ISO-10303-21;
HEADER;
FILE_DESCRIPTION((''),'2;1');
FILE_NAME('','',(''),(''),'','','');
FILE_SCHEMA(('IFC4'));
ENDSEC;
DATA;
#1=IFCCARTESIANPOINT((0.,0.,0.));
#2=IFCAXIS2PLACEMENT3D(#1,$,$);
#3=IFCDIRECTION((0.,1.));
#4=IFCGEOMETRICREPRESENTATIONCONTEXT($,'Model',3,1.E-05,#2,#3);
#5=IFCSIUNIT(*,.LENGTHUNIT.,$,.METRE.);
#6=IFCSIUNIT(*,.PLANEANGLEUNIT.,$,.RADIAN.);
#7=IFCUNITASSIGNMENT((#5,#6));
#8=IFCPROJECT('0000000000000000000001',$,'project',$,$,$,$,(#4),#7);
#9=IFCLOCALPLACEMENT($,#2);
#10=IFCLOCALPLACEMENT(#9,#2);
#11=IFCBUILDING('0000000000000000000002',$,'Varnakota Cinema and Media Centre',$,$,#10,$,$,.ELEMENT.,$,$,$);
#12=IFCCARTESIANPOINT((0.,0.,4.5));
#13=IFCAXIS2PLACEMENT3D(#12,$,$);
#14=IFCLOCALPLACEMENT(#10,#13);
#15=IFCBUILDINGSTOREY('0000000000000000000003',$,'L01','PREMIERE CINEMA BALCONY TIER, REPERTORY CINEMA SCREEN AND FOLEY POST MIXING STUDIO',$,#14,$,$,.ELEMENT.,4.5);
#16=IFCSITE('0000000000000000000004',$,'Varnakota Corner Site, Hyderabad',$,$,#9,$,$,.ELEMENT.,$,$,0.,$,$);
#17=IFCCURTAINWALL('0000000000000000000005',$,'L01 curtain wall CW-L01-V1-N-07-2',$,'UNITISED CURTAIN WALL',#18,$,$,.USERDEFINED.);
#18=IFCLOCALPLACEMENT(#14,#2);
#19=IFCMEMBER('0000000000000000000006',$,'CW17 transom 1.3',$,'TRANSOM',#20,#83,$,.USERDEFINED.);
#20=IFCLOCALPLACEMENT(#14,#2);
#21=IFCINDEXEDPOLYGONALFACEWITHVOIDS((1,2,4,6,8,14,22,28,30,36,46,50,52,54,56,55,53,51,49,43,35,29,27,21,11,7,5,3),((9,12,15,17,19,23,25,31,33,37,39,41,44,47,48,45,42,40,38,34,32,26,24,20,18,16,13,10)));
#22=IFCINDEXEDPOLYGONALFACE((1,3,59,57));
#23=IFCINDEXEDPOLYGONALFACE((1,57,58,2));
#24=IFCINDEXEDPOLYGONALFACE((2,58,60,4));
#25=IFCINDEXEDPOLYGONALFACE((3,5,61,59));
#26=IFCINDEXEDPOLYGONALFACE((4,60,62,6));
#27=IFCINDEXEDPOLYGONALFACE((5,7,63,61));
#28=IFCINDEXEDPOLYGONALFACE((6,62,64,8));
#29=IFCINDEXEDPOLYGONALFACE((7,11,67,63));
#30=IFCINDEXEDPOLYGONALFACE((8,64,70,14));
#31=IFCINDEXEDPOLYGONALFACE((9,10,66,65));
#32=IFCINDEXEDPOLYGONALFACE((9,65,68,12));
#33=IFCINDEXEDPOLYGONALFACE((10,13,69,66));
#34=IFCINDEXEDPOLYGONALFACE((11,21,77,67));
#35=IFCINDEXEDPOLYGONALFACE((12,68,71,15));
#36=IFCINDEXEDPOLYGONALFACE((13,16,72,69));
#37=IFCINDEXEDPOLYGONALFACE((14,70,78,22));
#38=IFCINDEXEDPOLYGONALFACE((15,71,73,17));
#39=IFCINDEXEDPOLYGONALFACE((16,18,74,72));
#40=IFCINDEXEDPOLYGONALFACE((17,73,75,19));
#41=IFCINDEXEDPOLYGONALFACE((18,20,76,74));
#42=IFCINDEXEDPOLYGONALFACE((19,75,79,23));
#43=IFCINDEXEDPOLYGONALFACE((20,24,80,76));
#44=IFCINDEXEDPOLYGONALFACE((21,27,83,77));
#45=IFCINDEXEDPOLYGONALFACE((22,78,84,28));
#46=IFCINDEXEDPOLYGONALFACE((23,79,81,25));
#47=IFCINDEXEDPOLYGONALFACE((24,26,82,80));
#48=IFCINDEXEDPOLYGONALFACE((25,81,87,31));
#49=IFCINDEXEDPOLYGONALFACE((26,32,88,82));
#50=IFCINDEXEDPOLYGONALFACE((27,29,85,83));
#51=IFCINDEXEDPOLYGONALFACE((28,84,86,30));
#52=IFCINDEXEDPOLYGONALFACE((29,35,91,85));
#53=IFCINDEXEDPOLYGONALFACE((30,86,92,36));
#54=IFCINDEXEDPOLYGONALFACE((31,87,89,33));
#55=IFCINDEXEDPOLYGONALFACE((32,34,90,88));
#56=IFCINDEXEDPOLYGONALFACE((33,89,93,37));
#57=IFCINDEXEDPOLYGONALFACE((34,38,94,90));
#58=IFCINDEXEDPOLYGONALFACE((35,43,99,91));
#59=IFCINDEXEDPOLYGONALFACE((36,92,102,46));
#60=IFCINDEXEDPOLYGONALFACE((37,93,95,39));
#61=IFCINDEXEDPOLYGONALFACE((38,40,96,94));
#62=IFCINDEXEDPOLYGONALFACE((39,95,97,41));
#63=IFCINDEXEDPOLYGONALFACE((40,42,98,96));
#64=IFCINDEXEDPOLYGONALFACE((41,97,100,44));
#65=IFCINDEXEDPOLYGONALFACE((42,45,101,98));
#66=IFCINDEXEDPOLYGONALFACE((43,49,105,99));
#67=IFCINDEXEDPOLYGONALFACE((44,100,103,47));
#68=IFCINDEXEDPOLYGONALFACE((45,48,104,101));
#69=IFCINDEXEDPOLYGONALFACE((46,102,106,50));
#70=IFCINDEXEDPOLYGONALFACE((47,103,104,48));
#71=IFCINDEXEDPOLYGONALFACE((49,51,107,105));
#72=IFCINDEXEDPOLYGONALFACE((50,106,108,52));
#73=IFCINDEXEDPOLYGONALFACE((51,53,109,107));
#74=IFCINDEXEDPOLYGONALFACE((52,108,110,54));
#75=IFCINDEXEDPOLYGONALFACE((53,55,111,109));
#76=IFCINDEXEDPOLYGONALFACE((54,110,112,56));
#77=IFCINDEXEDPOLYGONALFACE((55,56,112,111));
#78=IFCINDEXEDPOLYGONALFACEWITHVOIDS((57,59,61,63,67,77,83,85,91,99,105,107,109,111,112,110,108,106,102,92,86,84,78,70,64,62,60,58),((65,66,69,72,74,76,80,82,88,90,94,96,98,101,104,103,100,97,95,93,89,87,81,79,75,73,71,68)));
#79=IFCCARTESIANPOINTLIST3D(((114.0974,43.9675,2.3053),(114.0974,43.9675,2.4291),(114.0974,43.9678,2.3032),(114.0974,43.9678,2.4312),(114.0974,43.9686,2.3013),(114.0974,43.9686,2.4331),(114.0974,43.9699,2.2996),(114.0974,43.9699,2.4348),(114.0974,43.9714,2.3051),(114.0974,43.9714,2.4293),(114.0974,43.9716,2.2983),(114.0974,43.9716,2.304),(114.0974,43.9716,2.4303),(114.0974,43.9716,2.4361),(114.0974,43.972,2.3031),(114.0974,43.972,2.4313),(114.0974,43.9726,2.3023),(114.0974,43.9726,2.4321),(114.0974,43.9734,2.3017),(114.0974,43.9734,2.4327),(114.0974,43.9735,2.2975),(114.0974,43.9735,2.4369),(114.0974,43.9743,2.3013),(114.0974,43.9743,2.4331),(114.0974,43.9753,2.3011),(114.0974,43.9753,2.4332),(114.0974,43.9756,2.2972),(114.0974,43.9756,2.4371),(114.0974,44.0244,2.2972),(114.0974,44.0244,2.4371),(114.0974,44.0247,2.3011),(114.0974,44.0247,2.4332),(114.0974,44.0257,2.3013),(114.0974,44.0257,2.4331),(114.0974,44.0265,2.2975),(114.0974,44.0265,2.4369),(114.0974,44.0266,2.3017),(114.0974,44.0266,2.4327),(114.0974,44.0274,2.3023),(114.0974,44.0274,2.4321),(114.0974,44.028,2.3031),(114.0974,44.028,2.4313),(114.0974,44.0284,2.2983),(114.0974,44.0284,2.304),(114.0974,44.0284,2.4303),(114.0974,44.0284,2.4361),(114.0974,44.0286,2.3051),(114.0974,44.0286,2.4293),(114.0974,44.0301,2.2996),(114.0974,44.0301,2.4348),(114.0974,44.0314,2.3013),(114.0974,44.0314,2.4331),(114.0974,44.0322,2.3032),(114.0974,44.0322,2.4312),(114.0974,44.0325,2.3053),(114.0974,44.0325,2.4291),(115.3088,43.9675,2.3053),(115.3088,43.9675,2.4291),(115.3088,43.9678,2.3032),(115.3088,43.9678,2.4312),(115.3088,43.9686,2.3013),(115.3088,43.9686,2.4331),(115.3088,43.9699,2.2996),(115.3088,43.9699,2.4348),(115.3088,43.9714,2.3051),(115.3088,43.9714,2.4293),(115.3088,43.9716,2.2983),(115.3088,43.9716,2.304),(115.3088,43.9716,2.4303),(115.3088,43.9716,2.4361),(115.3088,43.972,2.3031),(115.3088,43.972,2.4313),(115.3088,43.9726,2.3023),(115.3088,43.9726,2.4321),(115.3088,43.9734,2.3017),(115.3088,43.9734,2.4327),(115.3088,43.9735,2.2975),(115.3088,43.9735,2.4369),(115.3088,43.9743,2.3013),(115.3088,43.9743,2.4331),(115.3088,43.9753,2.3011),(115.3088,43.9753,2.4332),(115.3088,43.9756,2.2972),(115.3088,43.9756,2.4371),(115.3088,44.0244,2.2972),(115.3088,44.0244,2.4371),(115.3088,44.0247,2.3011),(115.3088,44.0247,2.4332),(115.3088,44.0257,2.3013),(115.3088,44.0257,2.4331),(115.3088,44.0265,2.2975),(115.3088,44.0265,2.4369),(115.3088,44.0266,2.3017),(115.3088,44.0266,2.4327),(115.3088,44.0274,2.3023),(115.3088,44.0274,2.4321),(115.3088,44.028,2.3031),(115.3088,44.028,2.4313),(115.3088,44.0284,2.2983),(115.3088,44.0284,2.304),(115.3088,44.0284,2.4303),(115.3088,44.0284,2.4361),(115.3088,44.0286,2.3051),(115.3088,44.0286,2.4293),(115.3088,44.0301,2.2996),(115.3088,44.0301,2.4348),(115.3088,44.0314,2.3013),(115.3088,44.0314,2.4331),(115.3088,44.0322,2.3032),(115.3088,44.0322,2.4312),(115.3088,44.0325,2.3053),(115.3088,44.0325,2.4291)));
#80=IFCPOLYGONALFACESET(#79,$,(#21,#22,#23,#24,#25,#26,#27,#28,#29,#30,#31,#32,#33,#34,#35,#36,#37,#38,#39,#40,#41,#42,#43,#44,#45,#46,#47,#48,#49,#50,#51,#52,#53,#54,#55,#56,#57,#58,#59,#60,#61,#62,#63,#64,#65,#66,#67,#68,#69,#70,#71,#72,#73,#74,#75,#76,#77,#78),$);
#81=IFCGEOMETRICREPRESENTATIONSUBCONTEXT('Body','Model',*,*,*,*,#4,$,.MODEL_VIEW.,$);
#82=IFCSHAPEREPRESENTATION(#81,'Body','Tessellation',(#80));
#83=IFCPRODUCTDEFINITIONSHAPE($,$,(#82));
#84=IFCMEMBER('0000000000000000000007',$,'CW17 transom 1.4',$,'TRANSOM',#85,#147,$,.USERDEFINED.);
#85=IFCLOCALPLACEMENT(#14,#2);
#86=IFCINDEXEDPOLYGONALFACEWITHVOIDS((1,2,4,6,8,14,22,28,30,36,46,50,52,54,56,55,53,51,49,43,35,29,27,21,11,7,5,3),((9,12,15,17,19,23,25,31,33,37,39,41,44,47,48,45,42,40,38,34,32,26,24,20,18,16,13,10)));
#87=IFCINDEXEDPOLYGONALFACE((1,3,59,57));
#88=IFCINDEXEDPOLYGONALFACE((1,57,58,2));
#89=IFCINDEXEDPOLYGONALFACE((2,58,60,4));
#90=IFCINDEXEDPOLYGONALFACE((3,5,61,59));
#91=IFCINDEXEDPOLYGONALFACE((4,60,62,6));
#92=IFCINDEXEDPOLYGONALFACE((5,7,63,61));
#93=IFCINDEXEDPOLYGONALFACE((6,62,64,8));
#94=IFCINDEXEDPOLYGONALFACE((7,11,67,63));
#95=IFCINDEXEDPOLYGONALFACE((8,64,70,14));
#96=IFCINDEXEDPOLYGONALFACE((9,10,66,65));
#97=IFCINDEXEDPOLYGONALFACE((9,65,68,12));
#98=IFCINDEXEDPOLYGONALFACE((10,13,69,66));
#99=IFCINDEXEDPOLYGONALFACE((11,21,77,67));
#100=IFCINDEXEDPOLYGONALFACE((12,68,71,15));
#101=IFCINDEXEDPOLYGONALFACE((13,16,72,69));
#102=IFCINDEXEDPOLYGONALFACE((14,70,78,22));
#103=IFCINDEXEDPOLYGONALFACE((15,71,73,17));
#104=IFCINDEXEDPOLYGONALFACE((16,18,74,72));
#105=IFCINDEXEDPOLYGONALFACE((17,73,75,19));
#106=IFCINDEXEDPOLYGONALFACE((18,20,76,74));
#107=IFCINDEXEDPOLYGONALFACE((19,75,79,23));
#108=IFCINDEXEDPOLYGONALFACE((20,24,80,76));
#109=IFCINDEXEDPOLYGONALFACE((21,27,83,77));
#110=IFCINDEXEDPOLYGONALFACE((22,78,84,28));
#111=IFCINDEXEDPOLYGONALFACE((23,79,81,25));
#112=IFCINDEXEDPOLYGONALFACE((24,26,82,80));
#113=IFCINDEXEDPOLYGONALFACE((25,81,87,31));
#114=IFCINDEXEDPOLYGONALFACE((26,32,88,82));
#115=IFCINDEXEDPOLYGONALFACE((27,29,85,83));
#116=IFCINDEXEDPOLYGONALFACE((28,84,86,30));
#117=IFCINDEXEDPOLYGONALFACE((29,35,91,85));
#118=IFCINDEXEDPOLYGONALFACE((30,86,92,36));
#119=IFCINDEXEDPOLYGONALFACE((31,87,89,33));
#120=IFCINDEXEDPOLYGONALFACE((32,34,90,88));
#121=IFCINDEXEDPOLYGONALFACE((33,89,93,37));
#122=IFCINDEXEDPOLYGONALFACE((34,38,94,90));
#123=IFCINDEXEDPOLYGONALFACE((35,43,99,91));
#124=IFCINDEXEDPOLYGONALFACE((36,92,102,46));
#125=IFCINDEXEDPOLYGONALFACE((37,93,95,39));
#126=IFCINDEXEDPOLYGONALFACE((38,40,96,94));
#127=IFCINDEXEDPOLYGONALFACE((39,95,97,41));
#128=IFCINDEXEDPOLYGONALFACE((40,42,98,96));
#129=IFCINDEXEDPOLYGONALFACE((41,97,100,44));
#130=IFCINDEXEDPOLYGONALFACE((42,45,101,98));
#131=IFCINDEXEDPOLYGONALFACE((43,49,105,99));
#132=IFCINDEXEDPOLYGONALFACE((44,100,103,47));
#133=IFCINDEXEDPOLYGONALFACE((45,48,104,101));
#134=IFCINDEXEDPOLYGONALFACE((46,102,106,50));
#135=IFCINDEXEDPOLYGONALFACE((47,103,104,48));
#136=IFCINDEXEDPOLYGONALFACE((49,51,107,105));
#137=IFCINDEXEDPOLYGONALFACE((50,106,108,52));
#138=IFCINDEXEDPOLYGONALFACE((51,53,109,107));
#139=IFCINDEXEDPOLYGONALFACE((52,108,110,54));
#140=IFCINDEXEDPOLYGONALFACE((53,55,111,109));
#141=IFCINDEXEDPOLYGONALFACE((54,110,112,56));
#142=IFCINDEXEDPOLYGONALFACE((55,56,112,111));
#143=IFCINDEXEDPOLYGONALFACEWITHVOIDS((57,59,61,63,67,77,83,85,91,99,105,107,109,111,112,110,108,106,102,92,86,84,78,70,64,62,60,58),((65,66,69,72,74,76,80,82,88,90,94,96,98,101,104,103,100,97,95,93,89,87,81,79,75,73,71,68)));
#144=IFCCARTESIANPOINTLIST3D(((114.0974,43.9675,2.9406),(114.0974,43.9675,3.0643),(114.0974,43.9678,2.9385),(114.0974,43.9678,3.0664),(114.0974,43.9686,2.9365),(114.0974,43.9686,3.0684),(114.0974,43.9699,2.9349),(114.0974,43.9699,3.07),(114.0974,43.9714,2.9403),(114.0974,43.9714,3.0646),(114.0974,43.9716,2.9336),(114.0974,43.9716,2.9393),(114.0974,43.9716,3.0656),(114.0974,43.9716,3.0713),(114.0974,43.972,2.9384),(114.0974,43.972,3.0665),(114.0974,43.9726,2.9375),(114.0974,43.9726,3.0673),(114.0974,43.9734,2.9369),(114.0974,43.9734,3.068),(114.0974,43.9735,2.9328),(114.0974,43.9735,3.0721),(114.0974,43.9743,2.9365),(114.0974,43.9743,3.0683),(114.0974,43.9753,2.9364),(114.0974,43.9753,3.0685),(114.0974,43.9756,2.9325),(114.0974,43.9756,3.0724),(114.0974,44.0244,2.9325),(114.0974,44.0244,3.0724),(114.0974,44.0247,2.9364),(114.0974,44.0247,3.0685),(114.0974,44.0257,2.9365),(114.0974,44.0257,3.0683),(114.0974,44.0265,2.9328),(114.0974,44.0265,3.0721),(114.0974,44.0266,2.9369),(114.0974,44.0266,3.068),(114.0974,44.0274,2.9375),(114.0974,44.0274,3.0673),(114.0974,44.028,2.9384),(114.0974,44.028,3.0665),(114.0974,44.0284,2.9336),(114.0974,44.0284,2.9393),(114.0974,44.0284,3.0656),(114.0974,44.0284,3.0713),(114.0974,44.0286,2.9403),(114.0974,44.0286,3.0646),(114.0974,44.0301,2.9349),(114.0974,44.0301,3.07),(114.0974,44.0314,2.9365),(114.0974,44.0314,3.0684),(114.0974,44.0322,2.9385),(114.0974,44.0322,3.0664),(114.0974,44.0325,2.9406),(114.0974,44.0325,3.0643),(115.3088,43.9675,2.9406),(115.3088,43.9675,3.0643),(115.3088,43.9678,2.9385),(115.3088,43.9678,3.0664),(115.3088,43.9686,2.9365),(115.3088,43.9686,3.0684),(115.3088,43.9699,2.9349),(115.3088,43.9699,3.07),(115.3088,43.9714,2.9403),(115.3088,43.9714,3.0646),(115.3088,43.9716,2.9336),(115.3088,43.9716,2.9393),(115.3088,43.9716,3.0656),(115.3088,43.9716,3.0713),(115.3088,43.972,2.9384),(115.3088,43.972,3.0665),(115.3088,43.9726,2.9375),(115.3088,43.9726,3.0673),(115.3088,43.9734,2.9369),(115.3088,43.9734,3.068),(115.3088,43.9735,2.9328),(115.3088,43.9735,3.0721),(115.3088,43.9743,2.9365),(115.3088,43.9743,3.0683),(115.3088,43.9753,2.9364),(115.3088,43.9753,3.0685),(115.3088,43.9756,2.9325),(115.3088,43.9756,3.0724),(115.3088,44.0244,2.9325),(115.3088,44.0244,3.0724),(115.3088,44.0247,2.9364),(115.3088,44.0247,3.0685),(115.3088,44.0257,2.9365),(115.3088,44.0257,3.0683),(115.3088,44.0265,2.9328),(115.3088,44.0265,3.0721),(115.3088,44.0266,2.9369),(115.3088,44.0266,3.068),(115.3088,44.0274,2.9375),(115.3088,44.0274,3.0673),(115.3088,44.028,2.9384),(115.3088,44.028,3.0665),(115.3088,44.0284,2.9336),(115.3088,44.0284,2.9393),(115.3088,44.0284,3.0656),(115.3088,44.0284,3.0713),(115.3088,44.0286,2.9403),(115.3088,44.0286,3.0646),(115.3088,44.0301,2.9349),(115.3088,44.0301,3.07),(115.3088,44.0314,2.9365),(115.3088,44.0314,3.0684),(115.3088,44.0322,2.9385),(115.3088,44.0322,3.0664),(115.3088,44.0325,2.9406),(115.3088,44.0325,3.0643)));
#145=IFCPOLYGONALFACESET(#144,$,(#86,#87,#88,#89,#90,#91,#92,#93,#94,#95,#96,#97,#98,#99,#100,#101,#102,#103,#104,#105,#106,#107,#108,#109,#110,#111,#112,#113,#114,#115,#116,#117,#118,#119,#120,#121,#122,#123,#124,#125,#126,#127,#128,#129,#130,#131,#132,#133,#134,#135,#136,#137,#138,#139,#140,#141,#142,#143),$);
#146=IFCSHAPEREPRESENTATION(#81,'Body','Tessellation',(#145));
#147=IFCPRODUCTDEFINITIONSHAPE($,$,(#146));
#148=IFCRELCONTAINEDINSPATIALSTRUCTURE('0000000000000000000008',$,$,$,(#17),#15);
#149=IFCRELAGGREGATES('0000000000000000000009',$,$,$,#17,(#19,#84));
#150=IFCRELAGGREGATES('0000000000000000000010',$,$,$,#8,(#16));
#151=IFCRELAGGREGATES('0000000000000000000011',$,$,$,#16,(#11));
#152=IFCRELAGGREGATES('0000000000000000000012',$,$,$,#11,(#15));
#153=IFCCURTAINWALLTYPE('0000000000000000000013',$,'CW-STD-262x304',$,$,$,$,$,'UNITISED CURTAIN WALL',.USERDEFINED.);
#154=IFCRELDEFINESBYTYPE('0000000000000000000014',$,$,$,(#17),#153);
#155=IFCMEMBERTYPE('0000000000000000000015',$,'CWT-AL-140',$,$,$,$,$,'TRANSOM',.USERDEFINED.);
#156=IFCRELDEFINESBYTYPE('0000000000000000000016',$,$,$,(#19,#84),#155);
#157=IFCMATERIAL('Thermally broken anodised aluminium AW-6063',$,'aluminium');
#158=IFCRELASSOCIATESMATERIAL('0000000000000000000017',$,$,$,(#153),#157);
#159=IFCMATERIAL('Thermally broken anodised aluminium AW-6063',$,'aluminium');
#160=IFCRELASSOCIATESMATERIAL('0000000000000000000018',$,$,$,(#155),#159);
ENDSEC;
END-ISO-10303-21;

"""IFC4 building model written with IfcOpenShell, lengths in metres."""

from ifc_helpers import new_model, si_unit, direction, frame, origin, origin_2d, place, context, subcontext, project, spatial, hollow_rectangle, extrude, material, material_profile, profile_set, type_object, element, aggregate, save


model = new_model("IFC4")

# Units and contexts
model_context = context("Model", 3, precision=1e-05, world=origin(), true_north=direction((0.0, 1.0)))
body_context = subcontext(model_context, "Body", "Model", "MODEL_VIEW")
ifc_project = project(units=[si_unit("LENGTHUNIT", "METRE"), si_unit("PLANEANGLEUNIT", "RADIAN")], contexts=[model_context])

# Site, building, storey
site_placement = place(None, origin())
site = spatial("IfcSite", under=ifc_project, at=site_placement, Name="Varnakota Corner Site, Hyderabad", CompositionType="ELEMENT", RefElevation=0.0)
building_placement = place(site_placement, origin())
building = spatial("IfcBuilding", under=site, at=building_placement, Name="Varnakota Cinema and Media Centre", CompositionType="ELEMENT")
storey_placement = place(building_placement, frame((0.0, 0.0, 4.5)))
storey = spatial("IfcBuildingStorey", under=building, at=storey_placement, Name="L01", Description="PREMIERE CINEMA BALCONY TIER, REPERTORY CINEMA SCREEN AND FOLEY POST MIXING STUDIO", CompositionType="ELEMENT", Elevation=4.5)

# Shared definitions
ifc_material_1 = material(Name="Thermally broken anodised aluminium AW-6063", Category="aluminium")
curtain_wall_type = type_object("IfcCurtainWallType", Name="CW-STD-262x304", ElementType="UNITISED CURTAIN WALL", PredefinedType="USERDEFINED", material=ifc_material_1)

# Curtain wall
curtain_wall_1_placement = place(storey_placement, origin())
curtain_wall_1 = element("IfcCurtainWall", 1, at=curtain_wall_1_placement, inside=storey, type_object=curtain_wall_type, Name="L01 curtain wall CW-L01-V1-N-07-2", ObjectType="UNITISED CURTAIN WALL", PredefinedType="USERDEFINED")

# Members
ifc_material_2 = material(Name="Thermally broken anodised aluminium AW-6063", Category="aluminium")
ifc_material_profile_1 = material_profile(ifc_material_2, hollow_rectangle(XDim=0.0649, YDim=0.1399, WallThickness=0.0039, InnerFilletRadius=0.0039, OuterFilletRadius=0.0081, at=origin_2d()), Name="AL-TRANSOM 140x65x4")
ifc_profile_set_1 = profile_set([ifc_material_profile_1], Name="Thermally broken anodised aluminium AW-6063")
member_type_1 = type_object("IfcMemberType", Name="CWT-AL-140", ElementType="TRANSOM", PredefinedType="USERDEFINED", material=ifc_profile_set_1)
member_1_placement = place(storey_placement, frame((114.0974, 44.0, 2.3672), z_axis=(1.0, 0.0, 0.0), x_axis=(0.0, 1.0, 0.0)))
member_1 = element("IfcMember", 2, at=member_1_placement, type_object=member_type_1, Name="CW17 transom 1.3", ObjectType="TRANSOM", PredefinedType="USERDEFINED", context=body_context, shape_type="SweptSolid", body=[
    extrude(hollow_rectangle(XDim=0.0649, YDim=0.1399, WallThickness=0.0039, InnerFilletRadius=0.0039, OuterFilletRadius=0.0081, at=origin_2d()), origin(), (0.0, 0.0, 1.0), 1.2114),
])
member_2_placement = place(storey_placement, frame((114.0974, 44.0, 3.0024), z_axis=(1.0, 0.0, 0.0), x_axis=(0.0, 1.0, 0.0)))
member_2 = element("IfcMember", 3, at=member_2_placement, type_object=member_type_1, Name="CW17 transom 1.4", ObjectType="TRANSOM", PredefinedType="USERDEFINED", context=body_context, shape_type="SweptSolid", body=[
    extrude(hollow_rectangle(XDim=0.0649, YDim=0.1399, WallThickness=0.0039, InnerFilletRadius=0.0039, OuterFilletRadius=0.0081, at=origin_2d()), origin(), (0.0, 0.0, 1.0), 1.2114),
])

aggregate(curtain_wall_1, [member_1, member_2])

save(model, "model.ifc")
